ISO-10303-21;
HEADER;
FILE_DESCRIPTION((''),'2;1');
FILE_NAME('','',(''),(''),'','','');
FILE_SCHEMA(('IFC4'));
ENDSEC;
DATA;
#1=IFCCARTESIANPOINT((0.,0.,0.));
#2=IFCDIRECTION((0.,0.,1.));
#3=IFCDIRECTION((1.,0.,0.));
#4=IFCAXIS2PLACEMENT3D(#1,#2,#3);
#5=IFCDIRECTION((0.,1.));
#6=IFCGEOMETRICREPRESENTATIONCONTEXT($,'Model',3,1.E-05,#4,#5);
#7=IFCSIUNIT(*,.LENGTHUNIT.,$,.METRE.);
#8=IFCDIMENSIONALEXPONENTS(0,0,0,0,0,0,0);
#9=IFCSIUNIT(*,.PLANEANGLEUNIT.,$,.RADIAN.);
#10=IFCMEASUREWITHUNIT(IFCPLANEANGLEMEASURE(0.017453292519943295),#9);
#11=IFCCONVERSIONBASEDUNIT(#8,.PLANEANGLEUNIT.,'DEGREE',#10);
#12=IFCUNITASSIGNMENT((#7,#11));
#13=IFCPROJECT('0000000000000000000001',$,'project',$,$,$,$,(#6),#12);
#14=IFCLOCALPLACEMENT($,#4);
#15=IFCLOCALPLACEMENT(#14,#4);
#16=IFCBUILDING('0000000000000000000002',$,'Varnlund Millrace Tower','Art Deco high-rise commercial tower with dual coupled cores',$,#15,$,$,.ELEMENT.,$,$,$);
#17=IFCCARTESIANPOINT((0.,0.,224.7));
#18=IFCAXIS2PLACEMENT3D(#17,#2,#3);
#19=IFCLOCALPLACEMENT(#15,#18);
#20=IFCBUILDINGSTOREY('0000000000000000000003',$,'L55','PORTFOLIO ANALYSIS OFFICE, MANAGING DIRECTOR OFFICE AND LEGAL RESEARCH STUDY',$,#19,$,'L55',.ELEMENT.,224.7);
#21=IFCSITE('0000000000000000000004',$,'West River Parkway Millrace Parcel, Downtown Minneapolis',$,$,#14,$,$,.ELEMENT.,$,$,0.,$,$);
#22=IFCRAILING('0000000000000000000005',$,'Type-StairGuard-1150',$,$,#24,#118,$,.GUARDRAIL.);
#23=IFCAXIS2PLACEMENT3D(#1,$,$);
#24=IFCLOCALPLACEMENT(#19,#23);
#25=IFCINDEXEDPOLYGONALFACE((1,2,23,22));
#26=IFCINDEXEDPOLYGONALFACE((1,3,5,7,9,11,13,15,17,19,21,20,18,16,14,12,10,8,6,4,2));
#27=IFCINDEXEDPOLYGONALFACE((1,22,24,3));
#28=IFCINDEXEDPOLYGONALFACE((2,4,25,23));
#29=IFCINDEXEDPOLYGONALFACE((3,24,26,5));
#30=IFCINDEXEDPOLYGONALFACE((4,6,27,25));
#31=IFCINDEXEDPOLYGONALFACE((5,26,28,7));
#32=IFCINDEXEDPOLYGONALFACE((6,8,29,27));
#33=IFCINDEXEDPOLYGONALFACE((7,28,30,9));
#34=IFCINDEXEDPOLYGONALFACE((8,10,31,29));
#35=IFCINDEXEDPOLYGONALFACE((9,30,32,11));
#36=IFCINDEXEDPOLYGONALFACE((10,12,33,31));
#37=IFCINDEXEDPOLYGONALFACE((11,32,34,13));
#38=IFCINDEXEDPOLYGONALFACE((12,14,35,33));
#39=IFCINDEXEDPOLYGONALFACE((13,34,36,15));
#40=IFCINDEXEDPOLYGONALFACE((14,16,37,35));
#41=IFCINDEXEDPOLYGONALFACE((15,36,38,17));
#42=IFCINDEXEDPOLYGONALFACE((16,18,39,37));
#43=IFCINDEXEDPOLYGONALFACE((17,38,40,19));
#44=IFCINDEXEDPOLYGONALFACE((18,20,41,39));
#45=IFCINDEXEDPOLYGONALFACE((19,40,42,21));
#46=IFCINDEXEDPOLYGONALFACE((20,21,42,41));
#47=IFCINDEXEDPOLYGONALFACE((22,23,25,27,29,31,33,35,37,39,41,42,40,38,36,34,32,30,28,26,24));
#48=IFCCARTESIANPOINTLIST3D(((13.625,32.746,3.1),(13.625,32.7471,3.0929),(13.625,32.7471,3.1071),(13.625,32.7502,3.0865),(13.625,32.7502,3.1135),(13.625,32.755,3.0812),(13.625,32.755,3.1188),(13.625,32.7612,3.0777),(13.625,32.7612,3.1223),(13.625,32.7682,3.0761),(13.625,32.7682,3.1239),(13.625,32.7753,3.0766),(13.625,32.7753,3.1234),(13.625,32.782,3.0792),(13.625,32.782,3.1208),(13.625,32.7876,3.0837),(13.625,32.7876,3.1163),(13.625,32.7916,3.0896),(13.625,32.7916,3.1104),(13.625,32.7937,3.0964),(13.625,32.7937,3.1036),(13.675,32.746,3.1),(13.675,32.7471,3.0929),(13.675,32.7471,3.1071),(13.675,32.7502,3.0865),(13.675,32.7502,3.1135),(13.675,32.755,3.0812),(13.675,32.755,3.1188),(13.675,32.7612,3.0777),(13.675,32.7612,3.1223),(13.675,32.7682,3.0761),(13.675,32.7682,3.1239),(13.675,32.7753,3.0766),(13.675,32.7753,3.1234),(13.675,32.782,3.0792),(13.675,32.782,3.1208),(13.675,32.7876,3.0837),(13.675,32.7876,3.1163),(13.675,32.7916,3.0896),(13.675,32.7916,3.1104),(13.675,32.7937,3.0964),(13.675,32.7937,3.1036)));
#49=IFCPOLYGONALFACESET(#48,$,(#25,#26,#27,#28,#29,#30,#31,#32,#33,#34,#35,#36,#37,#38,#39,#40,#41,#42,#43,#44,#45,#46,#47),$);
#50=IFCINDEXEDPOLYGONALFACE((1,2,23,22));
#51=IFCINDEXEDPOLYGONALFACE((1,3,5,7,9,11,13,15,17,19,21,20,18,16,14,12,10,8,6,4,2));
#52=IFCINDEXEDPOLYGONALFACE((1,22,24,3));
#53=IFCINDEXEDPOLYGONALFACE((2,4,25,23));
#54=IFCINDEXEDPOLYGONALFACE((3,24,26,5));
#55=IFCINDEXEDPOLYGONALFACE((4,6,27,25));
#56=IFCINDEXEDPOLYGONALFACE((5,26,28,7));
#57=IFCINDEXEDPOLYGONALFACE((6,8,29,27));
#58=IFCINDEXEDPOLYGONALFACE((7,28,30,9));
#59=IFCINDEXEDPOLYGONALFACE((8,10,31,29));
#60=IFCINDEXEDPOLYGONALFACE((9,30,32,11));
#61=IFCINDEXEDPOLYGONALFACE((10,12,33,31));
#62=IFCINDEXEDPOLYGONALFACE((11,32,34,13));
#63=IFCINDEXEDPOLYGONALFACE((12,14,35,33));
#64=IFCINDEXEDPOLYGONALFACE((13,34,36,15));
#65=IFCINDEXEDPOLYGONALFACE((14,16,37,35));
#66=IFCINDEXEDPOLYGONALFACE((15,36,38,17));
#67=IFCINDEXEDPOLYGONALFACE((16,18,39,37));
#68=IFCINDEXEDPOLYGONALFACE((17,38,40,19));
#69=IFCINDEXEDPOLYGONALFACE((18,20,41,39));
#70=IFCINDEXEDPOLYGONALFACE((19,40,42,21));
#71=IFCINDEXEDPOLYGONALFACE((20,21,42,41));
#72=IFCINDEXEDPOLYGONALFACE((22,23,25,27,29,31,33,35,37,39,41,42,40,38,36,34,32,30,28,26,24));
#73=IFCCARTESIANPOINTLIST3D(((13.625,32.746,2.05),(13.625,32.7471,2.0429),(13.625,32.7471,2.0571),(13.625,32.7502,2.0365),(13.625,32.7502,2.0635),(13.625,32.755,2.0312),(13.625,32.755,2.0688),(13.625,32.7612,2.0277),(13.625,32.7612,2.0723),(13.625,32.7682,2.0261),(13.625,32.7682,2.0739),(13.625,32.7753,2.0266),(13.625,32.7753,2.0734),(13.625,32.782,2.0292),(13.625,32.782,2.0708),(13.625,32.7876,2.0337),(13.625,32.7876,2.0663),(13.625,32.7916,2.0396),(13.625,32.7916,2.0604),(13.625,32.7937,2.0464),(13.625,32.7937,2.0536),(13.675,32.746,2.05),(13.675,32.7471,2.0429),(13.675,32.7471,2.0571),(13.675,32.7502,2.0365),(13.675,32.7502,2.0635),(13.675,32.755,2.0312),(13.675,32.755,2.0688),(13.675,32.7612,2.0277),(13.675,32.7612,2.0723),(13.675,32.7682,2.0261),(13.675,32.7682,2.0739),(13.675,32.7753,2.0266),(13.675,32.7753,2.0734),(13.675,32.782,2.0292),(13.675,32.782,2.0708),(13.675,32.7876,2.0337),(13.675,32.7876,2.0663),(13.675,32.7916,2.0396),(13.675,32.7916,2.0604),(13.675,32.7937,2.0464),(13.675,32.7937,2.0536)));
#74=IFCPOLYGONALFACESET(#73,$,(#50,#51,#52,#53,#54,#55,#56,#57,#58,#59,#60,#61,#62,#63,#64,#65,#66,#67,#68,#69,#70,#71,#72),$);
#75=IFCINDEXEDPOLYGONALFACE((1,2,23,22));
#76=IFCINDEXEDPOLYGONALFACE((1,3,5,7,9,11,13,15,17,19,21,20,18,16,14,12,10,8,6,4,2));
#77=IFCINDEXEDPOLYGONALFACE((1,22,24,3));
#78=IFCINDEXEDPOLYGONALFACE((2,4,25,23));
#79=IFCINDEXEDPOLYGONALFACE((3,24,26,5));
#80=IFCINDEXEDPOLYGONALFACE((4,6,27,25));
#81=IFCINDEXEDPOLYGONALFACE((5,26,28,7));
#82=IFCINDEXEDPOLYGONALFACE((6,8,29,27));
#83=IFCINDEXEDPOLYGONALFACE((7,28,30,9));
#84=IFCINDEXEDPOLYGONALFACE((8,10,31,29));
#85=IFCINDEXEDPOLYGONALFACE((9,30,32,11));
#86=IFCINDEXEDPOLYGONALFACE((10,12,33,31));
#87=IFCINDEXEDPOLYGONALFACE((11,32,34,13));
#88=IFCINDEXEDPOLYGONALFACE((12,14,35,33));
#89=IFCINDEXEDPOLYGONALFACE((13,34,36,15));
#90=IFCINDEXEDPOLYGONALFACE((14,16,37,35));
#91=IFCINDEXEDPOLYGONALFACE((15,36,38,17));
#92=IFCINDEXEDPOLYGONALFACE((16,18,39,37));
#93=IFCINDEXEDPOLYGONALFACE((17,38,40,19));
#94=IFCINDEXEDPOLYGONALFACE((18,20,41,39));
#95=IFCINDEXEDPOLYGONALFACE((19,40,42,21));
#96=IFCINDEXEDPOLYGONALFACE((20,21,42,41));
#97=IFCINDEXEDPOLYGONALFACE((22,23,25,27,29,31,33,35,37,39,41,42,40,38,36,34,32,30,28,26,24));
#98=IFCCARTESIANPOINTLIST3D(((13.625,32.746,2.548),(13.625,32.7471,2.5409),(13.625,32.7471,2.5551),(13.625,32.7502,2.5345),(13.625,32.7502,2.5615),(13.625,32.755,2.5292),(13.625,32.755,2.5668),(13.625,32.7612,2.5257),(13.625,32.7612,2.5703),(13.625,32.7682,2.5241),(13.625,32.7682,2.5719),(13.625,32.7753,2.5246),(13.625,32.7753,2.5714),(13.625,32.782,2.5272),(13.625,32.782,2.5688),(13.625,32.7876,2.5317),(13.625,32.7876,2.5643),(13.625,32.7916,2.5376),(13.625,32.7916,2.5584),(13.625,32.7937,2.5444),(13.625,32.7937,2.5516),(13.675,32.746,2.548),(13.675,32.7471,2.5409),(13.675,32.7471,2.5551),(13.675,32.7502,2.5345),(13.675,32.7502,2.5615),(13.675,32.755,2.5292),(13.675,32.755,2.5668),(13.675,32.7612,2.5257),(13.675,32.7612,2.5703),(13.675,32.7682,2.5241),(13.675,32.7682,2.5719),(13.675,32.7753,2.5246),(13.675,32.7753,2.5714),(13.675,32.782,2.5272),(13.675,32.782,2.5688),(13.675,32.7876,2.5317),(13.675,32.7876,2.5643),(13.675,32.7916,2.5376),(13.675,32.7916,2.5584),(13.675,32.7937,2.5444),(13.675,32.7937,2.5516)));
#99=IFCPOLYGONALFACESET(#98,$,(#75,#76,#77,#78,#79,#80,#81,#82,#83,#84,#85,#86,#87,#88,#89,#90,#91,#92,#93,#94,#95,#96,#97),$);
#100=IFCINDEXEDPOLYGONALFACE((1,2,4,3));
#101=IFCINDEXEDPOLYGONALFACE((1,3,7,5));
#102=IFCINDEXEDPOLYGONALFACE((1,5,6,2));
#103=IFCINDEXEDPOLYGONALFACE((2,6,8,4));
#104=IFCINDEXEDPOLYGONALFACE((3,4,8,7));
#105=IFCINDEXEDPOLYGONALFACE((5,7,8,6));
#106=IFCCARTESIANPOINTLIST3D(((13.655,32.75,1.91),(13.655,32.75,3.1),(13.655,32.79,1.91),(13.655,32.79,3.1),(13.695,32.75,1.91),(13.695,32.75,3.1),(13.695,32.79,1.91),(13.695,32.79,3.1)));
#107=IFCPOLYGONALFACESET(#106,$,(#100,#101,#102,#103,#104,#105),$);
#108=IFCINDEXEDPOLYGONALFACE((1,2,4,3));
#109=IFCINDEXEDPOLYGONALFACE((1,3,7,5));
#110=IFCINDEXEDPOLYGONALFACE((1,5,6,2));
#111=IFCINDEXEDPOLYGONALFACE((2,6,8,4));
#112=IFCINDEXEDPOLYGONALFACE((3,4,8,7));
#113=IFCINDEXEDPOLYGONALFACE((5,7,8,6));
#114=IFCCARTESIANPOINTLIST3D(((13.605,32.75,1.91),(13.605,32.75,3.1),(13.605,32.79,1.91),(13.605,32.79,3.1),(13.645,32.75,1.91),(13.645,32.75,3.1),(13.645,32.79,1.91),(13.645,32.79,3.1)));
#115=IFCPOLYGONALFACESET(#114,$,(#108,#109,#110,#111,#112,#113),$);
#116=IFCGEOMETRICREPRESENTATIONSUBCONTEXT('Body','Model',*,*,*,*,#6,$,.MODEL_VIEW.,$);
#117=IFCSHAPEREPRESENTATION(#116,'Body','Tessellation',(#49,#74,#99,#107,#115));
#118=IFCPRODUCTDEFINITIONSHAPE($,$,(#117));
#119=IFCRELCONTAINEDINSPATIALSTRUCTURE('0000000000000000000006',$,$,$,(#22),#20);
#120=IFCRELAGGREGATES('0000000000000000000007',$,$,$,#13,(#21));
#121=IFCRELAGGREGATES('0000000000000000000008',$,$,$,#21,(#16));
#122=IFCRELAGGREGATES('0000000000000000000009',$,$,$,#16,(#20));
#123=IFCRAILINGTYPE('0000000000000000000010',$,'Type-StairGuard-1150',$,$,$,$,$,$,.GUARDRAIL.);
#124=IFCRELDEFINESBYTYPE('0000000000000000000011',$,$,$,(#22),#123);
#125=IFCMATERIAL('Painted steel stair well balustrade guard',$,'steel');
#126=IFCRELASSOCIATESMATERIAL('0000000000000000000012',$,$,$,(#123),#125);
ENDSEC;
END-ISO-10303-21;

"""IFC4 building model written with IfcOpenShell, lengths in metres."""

from ifc_helpers import new_model, entity, si_unit, converted_unit, direction, frame, origin_with_axes, origin_2d_with_axis, place, context, subcontext, project, spatial, rectangle, circle, extrude, material, type_object, element, save


model = new_model("IFC4")

# Units and contexts
model_context = context("Model", 3, precision=1e-05, world=origin_with_axes(), true_north=direction((0.0, 1.0)))
body_context = subcontext(model_context, "Body", "Model", "MODEL_VIEW")
ifc_project = project(units=[si_unit("LENGTHUNIT", "METRE"), converted_unit("PLANEANGLEUNIT", "DEGREE", entity("IfcPlaneAngleMeasure", 0.017453292519943295), si_unit("PLANEANGLEUNIT", "RADIAN"), dimensions=[0, 0, 0, 0, 0, 0, 0])], contexts=[model_context])

# Site, building, storey
site_placement = place(None, origin_with_axes())
site = spatial("IfcSite", under=ifc_project, at=site_placement, Name="West River Parkway Millrace Parcel, Downtown Minneapolis", CompositionType="ELEMENT", RefElevation=0.0)
building_placement = place(site_placement, origin_with_axes())
building = spatial("IfcBuilding", under=site, at=building_placement, Name="Varnlund Millrace Tower", Description="Art Deco high-rise commercial tower with dual coupled cores", CompositionType="ELEMENT")
storey_placement = place(building_placement, frame((0.0, 0.0, 224.7), z_axis=(0.0, 0.0, 1.0), x_axis=(1.0, 0.0, 0.0)))
storey = spatial("IfcBuildingStorey", under=building, at=storey_placement, Name="L55", Description="PORTFOLIO ANALYSIS OFFICE, MANAGING DIRECTOR OFFICE AND LEGAL RESEARCH STUDY", LongName="L55", CompositionType="ELEMENT", Elevation=224.7)

# Railing
ifc_material_1 = material(Name="Painted steel stair well balustrade guard", Category="steel")
railing_type_1 = type_object("IfcRailingType", Name="Type-StairGuard-1150", PredefinedType="GUARDRAIL", material=ifc_material_1)
railing_1_placement = place(storey_placement, frame((0.0, 0.0, -224.7), z_axis=(0.0, 0.0, 1.0), x_axis=(1.0, 0.0, 0.0)))
element("IfcRailing", 1, at=railing_1_placement, inside=storey, type_object=railing_type_1, Name="Type-StairGuard-1150", PredefinedType="GUARDRAIL", context=body_context, shape_type="SweptSolid", body=[
    extrude(circle(Radius=0.024, at=origin_2d_with_axis()), frame((13.675, 32.77, 227.8), z_axis=(-1.0, 0.0, 0.0), x_axis=(0.0, -1.0, 0.0)), (0.0, 0.0, 1.0), 0.05),
    extrude(circle(Radius=0.024, at=origin_2d_with_axis()), frame((13.675, 32.77, 226.75), z_axis=(-1.0, 0.0, 0.0), x_axis=(0.0, -1.0, 0.0)), (0.0, 0.0, 1.0), 0.05),
    extrude(circle(Radius=0.024, at=origin_2d_with_axis()), frame((13.675, 32.77, 227.248), z_axis=(-1.0, 0.0, 0.0), x_axis=(0.0, -1.0, 0.0)), (0.0, 0.0, 1.0), 0.05),
    extrude(rectangle(XDim=0.04, YDim=0.04, at=origin_2d_with_axis()), frame((13.675, 32.77, 226.61), z_axis=(0.0, 0.0, 1.0), x_axis=(1.0, 0.0, 0.0)), (0.0, 0.0, 1.0), 1.19),
    extrude(rectangle(XDim=0.04, YDim=0.04, at=origin_2d_with_axis()), frame((13.625, 32.77, 226.61), z_axis=(0.0, 0.0, 1.0), x_axis=(1.0, 0.0, 0.0)), (0.0, 0.0, 1.0), 1.19),
])

save(model, "model.ifc")
